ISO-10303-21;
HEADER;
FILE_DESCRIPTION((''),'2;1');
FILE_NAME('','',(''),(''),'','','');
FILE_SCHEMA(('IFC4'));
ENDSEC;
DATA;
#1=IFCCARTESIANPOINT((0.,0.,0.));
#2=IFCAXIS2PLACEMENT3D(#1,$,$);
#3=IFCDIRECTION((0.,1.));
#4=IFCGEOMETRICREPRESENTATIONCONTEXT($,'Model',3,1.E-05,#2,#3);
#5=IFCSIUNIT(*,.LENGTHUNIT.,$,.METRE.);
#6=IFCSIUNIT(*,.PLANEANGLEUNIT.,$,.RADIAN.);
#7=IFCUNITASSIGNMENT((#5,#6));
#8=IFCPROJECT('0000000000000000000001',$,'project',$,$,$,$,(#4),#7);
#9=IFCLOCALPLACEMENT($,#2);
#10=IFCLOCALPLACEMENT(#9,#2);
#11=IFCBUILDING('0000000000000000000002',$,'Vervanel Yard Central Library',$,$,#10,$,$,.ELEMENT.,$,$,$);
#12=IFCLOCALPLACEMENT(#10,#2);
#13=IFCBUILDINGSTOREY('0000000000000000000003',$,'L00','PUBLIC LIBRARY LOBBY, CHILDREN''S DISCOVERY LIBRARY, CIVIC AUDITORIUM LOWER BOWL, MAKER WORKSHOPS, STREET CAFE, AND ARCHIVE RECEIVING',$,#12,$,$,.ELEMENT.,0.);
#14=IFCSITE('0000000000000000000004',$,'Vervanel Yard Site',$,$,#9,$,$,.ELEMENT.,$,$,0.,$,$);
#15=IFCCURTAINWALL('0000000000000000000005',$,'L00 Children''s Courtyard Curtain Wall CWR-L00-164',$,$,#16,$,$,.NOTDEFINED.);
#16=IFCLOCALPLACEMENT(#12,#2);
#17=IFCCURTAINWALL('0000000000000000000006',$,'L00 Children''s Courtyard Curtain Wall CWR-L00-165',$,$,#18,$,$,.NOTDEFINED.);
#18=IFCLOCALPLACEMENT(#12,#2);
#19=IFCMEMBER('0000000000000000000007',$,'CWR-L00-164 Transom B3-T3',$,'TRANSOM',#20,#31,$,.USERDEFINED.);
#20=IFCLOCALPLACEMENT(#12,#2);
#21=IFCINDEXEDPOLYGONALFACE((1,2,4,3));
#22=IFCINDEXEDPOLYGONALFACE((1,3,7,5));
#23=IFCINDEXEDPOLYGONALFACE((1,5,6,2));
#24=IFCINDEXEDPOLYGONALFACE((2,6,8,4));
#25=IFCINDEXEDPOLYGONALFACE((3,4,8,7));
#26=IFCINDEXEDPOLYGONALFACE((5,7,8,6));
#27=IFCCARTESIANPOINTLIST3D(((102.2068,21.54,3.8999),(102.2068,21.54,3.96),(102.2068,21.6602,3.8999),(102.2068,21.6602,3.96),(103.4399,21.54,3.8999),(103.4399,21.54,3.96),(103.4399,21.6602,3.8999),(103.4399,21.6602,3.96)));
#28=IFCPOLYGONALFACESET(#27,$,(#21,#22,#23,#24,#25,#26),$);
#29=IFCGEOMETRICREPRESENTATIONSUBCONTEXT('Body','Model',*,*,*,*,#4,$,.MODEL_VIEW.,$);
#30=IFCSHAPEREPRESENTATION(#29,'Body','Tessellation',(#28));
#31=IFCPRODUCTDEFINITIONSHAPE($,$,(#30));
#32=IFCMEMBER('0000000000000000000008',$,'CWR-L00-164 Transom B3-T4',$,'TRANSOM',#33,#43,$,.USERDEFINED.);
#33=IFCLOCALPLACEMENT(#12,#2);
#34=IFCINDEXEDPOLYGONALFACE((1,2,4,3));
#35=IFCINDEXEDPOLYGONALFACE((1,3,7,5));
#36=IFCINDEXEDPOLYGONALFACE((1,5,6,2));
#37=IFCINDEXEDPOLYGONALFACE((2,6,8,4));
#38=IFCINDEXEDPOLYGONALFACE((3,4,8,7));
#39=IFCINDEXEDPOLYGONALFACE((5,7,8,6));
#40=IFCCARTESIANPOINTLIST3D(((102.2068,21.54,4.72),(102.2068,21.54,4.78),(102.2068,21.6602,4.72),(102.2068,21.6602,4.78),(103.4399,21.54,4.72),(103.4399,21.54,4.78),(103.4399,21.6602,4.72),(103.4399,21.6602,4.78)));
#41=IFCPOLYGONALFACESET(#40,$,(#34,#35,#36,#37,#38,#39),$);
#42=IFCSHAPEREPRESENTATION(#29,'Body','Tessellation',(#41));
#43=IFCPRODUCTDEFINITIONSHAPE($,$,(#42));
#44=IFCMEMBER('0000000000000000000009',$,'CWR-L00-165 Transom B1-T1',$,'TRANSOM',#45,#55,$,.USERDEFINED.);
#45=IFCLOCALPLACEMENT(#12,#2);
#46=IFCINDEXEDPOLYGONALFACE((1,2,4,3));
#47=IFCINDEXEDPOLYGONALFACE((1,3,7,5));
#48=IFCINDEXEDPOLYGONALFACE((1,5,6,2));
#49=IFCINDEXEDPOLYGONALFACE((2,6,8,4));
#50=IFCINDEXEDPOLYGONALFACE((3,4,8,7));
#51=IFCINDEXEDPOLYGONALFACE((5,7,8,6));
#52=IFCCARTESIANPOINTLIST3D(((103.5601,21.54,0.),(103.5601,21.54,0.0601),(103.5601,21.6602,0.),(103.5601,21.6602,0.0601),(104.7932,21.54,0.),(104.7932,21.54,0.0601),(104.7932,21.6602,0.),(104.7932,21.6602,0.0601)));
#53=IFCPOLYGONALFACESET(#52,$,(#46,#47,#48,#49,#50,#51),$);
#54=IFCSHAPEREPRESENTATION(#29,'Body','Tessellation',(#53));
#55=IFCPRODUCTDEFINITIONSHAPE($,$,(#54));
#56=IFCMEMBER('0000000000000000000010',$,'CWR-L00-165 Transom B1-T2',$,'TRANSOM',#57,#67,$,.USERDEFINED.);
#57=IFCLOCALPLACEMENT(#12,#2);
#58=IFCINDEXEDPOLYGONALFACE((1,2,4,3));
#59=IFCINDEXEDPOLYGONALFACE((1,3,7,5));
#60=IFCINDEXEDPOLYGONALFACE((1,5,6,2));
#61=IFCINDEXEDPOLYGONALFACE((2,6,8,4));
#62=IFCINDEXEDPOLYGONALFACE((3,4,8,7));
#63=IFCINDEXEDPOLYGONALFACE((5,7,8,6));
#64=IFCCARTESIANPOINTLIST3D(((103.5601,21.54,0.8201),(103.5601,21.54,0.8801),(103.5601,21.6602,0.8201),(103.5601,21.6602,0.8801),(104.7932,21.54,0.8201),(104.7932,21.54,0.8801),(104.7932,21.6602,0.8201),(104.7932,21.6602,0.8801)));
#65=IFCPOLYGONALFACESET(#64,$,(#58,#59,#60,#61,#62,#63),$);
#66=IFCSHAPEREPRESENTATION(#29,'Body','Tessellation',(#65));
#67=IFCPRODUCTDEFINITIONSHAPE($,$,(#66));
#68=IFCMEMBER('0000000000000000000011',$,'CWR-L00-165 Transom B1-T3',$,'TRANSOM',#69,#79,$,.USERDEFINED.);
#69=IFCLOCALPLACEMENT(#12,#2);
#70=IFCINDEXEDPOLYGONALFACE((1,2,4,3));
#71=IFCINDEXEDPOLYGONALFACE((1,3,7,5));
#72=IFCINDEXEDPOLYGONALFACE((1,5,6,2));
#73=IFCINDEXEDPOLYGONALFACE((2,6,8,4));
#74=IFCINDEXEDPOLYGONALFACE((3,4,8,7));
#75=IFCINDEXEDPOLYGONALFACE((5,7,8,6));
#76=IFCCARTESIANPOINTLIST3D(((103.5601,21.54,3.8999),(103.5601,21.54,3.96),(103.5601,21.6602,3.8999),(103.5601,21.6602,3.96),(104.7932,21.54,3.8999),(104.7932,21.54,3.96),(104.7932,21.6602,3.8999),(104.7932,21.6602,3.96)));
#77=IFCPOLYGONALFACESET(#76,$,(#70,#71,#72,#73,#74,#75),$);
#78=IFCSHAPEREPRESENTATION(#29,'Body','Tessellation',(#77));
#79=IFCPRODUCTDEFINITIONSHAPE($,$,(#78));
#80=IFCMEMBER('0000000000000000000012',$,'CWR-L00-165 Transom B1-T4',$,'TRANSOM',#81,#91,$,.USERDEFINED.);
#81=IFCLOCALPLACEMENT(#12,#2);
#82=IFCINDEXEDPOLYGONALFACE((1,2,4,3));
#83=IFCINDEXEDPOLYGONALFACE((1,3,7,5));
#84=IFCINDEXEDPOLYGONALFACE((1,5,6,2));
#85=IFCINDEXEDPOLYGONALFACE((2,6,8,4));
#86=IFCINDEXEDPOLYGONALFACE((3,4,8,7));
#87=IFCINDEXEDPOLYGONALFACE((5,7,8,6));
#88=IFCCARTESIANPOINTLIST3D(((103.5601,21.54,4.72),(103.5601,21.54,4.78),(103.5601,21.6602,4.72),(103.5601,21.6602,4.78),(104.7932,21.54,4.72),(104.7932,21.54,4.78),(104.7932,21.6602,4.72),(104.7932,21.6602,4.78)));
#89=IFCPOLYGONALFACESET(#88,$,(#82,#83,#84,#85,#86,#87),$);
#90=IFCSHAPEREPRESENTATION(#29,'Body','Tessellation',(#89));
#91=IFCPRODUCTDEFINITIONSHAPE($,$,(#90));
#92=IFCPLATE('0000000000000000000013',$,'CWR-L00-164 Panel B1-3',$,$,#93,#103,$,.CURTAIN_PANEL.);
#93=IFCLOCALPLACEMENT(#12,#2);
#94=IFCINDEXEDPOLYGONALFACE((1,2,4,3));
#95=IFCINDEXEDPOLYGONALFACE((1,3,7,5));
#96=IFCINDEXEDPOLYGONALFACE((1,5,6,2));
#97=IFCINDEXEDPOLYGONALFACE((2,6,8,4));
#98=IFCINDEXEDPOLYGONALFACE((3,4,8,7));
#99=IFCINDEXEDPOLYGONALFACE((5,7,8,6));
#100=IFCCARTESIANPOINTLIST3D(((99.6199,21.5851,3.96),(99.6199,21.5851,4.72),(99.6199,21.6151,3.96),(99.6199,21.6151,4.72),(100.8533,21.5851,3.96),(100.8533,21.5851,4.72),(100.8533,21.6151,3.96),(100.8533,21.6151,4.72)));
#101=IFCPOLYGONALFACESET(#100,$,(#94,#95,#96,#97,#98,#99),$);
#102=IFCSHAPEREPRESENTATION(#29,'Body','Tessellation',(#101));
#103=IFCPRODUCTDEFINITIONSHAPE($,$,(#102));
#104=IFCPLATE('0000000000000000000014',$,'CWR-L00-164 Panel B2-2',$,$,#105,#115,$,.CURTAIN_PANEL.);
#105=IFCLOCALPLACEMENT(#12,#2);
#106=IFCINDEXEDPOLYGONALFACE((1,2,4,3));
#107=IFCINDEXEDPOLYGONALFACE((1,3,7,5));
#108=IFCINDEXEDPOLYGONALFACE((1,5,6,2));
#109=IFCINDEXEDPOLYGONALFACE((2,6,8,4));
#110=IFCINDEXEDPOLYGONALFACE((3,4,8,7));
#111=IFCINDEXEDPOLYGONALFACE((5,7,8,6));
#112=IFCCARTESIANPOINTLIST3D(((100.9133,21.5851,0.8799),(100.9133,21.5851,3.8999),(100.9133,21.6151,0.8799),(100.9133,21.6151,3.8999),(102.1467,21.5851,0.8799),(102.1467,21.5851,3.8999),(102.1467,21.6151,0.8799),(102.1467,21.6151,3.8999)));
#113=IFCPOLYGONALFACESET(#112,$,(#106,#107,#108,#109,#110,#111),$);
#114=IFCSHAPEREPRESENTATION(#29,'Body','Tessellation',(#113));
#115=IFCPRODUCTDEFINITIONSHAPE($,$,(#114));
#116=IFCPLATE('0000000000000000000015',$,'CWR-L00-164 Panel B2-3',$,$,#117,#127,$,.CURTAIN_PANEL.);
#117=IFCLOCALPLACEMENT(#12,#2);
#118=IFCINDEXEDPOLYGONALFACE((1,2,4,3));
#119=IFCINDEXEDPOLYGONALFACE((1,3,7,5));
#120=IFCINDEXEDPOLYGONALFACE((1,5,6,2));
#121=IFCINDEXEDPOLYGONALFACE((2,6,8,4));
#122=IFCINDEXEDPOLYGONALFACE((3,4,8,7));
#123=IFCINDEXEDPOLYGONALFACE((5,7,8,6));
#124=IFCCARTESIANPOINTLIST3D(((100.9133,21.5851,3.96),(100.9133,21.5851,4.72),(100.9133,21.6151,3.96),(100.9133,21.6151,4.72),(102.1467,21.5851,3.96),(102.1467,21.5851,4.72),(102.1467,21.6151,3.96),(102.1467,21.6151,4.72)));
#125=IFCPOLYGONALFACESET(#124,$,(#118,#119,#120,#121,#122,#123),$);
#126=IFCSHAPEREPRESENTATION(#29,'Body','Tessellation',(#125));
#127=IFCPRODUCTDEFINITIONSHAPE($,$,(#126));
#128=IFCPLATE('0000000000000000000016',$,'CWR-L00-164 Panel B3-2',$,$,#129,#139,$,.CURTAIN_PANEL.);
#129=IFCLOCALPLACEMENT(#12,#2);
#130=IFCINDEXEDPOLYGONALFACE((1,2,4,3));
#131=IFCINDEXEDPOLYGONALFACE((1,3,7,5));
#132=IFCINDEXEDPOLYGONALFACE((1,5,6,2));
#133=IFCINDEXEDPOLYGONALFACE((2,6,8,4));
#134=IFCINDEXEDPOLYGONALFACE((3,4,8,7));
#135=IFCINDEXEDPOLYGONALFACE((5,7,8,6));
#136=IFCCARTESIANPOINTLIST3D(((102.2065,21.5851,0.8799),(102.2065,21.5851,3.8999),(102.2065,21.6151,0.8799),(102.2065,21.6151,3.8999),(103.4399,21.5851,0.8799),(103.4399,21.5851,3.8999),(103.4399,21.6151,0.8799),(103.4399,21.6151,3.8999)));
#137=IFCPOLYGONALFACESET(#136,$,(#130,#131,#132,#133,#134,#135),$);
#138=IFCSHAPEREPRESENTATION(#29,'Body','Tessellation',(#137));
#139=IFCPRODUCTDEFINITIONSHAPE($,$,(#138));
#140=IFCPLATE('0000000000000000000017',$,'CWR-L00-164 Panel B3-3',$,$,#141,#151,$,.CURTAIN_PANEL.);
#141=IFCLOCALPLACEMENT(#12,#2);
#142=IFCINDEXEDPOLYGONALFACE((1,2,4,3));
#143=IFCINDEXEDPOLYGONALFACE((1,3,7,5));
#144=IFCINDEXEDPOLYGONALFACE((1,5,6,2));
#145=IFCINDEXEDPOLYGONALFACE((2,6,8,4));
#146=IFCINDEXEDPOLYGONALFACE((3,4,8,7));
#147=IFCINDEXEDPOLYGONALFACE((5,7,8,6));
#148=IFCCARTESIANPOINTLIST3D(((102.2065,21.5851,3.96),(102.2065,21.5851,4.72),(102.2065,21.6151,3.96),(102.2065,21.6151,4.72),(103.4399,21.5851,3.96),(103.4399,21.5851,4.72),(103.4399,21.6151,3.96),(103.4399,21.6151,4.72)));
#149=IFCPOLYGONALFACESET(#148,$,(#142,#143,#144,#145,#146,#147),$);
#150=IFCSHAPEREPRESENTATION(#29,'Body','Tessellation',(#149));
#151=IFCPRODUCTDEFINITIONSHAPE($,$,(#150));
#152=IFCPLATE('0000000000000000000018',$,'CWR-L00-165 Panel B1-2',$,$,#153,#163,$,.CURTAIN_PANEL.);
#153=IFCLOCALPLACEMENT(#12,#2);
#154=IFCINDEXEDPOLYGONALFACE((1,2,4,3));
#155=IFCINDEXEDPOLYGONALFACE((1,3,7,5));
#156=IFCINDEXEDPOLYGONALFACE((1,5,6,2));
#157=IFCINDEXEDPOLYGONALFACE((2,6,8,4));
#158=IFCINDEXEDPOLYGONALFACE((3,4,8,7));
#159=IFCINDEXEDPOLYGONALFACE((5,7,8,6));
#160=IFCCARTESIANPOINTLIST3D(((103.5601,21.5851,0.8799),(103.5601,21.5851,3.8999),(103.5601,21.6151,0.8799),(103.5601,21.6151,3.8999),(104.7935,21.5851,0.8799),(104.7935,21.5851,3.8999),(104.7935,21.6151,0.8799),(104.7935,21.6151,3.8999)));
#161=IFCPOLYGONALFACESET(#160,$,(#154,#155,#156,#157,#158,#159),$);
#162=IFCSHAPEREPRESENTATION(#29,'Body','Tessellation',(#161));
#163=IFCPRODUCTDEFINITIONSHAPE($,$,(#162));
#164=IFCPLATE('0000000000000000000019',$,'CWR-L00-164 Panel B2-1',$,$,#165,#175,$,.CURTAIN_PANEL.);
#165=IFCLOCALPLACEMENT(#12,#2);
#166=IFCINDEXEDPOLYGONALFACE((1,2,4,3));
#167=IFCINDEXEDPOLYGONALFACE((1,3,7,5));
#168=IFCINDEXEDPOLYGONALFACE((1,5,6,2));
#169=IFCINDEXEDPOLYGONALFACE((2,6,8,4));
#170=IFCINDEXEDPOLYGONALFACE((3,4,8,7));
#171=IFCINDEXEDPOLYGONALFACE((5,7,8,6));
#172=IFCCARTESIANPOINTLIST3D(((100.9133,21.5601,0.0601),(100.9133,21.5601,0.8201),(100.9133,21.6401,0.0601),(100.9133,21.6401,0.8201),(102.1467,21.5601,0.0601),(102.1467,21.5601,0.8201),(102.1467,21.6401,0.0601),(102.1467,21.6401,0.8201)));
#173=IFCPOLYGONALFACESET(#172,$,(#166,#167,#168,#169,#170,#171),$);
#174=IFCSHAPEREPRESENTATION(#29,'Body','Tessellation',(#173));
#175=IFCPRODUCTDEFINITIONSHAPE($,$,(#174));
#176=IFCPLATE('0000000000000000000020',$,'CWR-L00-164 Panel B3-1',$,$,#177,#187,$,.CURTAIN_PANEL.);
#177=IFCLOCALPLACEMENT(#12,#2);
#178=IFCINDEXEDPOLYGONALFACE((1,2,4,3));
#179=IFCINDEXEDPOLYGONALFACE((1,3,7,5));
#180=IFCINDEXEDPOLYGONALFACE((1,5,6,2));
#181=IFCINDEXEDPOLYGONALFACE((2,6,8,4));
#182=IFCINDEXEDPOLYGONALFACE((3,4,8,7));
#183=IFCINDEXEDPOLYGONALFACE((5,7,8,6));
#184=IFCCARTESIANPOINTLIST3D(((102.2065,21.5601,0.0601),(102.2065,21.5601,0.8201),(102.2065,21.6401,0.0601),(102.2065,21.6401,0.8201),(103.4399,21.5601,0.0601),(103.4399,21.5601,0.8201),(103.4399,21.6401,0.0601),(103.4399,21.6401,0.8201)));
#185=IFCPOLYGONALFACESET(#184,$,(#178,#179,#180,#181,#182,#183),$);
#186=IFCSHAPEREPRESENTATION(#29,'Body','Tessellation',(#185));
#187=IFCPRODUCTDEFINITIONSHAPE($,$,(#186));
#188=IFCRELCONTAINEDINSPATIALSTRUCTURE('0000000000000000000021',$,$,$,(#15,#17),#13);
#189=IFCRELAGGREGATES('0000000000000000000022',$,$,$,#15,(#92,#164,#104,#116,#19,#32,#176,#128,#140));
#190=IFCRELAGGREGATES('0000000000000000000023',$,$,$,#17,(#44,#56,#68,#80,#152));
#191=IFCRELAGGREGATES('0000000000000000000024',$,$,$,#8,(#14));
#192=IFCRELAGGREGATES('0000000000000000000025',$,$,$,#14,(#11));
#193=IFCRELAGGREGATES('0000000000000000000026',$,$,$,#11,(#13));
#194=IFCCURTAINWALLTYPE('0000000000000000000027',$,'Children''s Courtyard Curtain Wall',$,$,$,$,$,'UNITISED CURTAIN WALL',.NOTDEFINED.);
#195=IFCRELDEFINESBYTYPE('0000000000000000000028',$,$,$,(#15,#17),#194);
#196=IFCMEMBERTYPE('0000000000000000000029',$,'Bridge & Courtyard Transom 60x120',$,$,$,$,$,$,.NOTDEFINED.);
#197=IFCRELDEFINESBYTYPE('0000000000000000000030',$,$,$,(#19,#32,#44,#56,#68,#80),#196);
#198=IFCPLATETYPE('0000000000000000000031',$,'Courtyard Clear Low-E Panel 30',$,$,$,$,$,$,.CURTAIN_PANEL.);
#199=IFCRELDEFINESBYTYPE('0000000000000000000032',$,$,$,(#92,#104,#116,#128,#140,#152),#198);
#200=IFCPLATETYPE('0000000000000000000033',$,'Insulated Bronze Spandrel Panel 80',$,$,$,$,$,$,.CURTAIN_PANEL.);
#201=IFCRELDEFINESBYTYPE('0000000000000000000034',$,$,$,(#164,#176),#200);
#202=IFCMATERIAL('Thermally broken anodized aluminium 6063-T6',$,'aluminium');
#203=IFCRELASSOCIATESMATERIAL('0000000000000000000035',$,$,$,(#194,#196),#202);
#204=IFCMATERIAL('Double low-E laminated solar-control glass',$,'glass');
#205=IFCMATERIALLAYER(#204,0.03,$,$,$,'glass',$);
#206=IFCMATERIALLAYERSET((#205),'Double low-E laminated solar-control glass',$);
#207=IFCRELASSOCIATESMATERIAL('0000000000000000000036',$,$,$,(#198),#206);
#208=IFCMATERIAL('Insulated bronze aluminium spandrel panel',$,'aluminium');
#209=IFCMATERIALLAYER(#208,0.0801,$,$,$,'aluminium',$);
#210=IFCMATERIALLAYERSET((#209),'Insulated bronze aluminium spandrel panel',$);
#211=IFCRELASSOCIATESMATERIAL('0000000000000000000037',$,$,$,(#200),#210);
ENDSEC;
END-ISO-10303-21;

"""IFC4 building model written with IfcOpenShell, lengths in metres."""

from ifc_helpers import new_model, si_unit, direction, frame, origin, origin_2d, place, context, subcontext, project, spatial, rectangle, extrude, material, layer, layer_set, material_profile, profile_set, type_object, element, aggregate, save


model = new_model("IFC4")

# Units and contexts
model_context = context("Model", 3, precision=1e-05, world=origin(), true_north=direction((0.0, 1.0)))
body_context = subcontext(model_context, "Body", "Model", "MODEL_VIEW")
ifc_project = project(units=[si_unit("LENGTHUNIT", "METRE"), si_unit("PLANEANGLEUNIT", "RADIAN")], contexts=[model_context])

# Site, building, storey
site_placement = place(None, origin())
site = spatial("IfcSite", under=ifc_project, at=site_placement, Name="Vervanel Yard Site", CompositionType="ELEMENT", RefElevation=0.0)
building_placement = place(site_placement, origin())
building = spatial("IfcBuilding", under=site, at=building_placement, Name="Vervanel Yard Central Library", CompositionType="ELEMENT")
storey_placement = place(building_placement, origin())
storey = spatial("IfcBuildingStorey", under=building, at=storey_placement, Name="L00", Description="PUBLIC LIBRARY LOBBY, CHILDREN'S DISCOVERY LIBRARY, CIVIC AUDITORIUM LOWER BOWL, MAKER WORKSHOPS, STREET CAFE, AND ARCHIVE RECEIVING", CompositionType="ELEMENT", Elevation=0.0)

# Curtain wall
ifc_material_1 = material(Name="Thermally broken anodized aluminium 6063-T6", Category="aluminium")
curtain_wall_type = type_object("IfcCurtainWallType", Name="Children's Courtyard Curtain Wall", ElementType="UNITISED CURTAIN WALL", PredefinedType="NOTDEFINED", material=ifc_material_1)
curtain_wall_1_placement = place(storey_placement, origin())
curtain_wall_1 = element("IfcCurtainWall", 1, at=curtain_wall_1_placement, inside=storey, type_object=curtain_wall_type, Name="L00 Children's Courtyard Curtain Wall CWR-L00-164", PredefinedType="NOTDEFINED")

# Curtain wall
curtain_wall_2_placement = place(storey_placement, origin())
curtain_wall_2 = element("IfcCurtainWall", 2, at=curtain_wall_2_placement, inside=storey, type_object=curtain_wall_type, Name="L00 Children's Courtyard Curtain Wall CWR-L00-165", PredefinedType="NOTDEFINED")

# Members
ifc_material_profile_1 = material_profile(ifc_material_1, rectangle(XDim=0.0601, YDim=0.1201, at=origin_2d()), Name="ALU 60x120", Category="aluminium")
ifc_profile_set_1 = profile_set([ifc_material_profile_1], Name="Thermally broken anodized aluminium 6063-T6")
member_type_1 = type_object("IfcMemberType", Name="Bridge & Courtyard Transom 60x120", PredefinedType="NOTDEFINED", material=ifc_profile_set_1)
member_1_placement = place(storey_placement, frame((102.2068, 21.6001, 3.9299), z_axis=(1.0, 0.0, 0.0), x_axis=(0.0, 0.0, 1.0)))
member_1 = element("IfcMember", 3, at=member_1_placement, type_object=member_type_1, Name="CWR-L00-164 Transom B3-T3", ObjectType="TRANSOM", PredefinedType="USERDEFINED", context=body_context, shape_type="SweptSolid", body=[
    extrude(rectangle(XDim=0.0601, YDim=0.1201, at=origin_2d()), origin(), (0.0, 0.0, 1.0), 1.2332),
])
member_2_placement = place(storey_placement, frame((102.2068, 21.6001, 4.75), z_axis=(1.0, 0.0, 0.0), x_axis=(0.0, 0.0, 1.0)))
member_2 = element("IfcMember", 4, at=member_2_placement, type_object=member_type_1, Name="CWR-L00-164 Transom B3-T4", ObjectType="TRANSOM", PredefinedType="USERDEFINED", context=body_context, shape_type="SweptSolid", body=[
    extrude(rectangle(XDim=0.0601, YDim=0.1201, at=origin_2d()), origin(), (0.0, 0.0, 1.0), 1.2332),
])
member_3_placement = place(storey_placement, frame((103.5601, 21.6001, 0.03), z_axis=(1.0, 0.0, 0.0), x_axis=(0.0, 0.0, 1.0)))
member_3 = element("IfcMember", 5, at=member_3_placement, type_object=member_type_1, Name="CWR-L00-165 Transom B1-T1", ObjectType="TRANSOM", PredefinedType="USERDEFINED", context=body_context, shape_type="SweptSolid", body=[
    extrude(rectangle(XDim=0.0601, YDim=0.1201, at=origin_2d()), origin(), (0.0, 0.0, 1.0), 1.2332),
])
member_4_placement = place(storey_placement, frame((103.5601, 21.6001, 0.8501), z_axis=(1.0, 0.0, 0.0), x_axis=(0.0, 0.0, 1.0)))
member_4 = element("IfcMember", 6, at=member_4_placement, type_object=member_type_1, Name="CWR-L00-165 Transom B1-T2", ObjectType="TRANSOM", PredefinedType="USERDEFINED", context=body_context, shape_type="SweptSolid", body=[
    extrude(rectangle(XDim=0.0601, YDim=0.1201, at=origin_2d()), origin(), (0.0, 0.0, 1.0), 1.2332),
])
member_5_placement = place(storey_placement, frame((103.5601, 21.6001, 3.9299), z_axis=(1.0, 0.0, 0.0), x_axis=(0.0, 0.0, 1.0)))
member_5 = element("IfcMember", 7, at=member_5_placement, type_object=member_type_1, Name="CWR-L00-165 Transom B1-T3", ObjectType="TRANSOM", PredefinedType="USERDEFINED", context=body_context, shape_type="SweptSolid", body=[
    extrude(rectangle(XDim=0.0601, YDim=0.1201, at=origin_2d()), origin(), (0.0, 0.0, 1.0), 1.2332),
])
member_6_placement = place(storey_placement, frame((103.5601, 21.6001, 4.75), z_axis=(1.0, 0.0, 0.0), x_axis=(0.0, 0.0, 1.0)))
member_6 = element("IfcMember", 8, at=member_6_placement, type_object=member_type_1, Name="CWR-L00-165 Transom B1-T4", ObjectType="TRANSOM", PredefinedType="USERDEFINED", context=body_context, shape_type="SweptSolid", body=[
    extrude(rectangle(XDim=0.0601, YDim=0.1201, at=origin_2d()), origin(), (0.0, 0.0, 1.0), 1.2332),
])

# Plates
ifc_material_2 = material(Name="Double low-E laminated solar-control glass", Category="glass")
ifc_layer_1 = layer(ifc_material_2, 0.03, Category="glass")
ifc_layer_set_1 = layer_set([ifc_layer_1], Name="Double low-E laminated solar-control glass")
plate_type_1 = type_object("IfcPlateType", Name="Courtyard Clear Low-E Panel 30", PredefinedType="CURTAIN_PANEL", material=ifc_layer_set_1)
plate_1_placement = place(storey_placement, frame((100.2366, 21.6001, 3.96), z_axis=(0.0, 0.0, 1.0), x_axis=(1.0, 0.0, 0.0)))
plate_1 = element("IfcPlate", 9, at=plate_1_placement, type_object=plate_type_1, Name="CWR-L00-164 Panel B1-3", PredefinedType="CURTAIN_PANEL", context=body_context, shape_type="SweptSolid", body=[
    extrude(rectangle(XDim=1.2334, YDim=0.03, at=origin_2d()), origin(), (0.0, 0.0, 1.0), 0.76),
])
plate_2_placement = place(storey_placement, frame((101.53, 21.6001, 0.8799), z_axis=(0.0, 0.0, 1.0), x_axis=(1.0, 0.0, 0.0)))
plate_2 = element("IfcPlate", 10, at=plate_2_placement, type_object=plate_type_1, Name="CWR-L00-164 Panel B2-2", PredefinedType="CURTAIN_PANEL", context=body_context, shape_type="SweptSolid", body=[
    extrude(rectangle(XDim=1.2334, YDim=0.03, at=origin_2d()), origin(), (0.0, 0.0, 1.0), 3.02),
])
plate_3_placement = place(storey_placement, frame((101.53, 21.6001, 3.96), z_axis=(0.0, 0.0, 1.0), x_axis=(1.0, 0.0, 0.0)))
plate_3 = element("IfcPlate", 11, at=plate_3_placement, type_object=plate_type_1, Name="CWR-L00-164 Panel B2-3", PredefinedType="CURTAIN_PANEL", context=body_context, shape_type="SweptSolid", body=[
    extrude(rectangle(XDim=1.2334, YDim=0.03, at=origin_2d()), origin(), (0.0, 0.0, 1.0), 0.76),
])
plate_4_placement = place(storey_placement, frame((102.8232, 21.6001, 0.8799), z_axis=(0.0, 0.0, 1.0), x_axis=(1.0, 0.0, 0.0)))
plate_4 = element("IfcPlate", 12, at=plate_4_placement, type_object=plate_type_1, Name="CWR-L00-164 Panel B3-2", PredefinedType="CURTAIN_PANEL", context=body_context, shape_type="SweptSolid", body=[
    extrude(rectangle(XDim=1.2334, YDim=0.03, at=origin_2d()), origin(), (0.0, 0.0, 1.0), 3.02),
])
plate_5_placement = place(storey_placement, frame((102.8232, 21.6001, 3.96), z_axis=(0.0, 0.0, 1.0), x_axis=(1.0, 0.0, 0.0)))
plate_5 = element("IfcPlate", 13, at=plate_5_placement, type_object=plate_type_1, Name="CWR-L00-164 Panel B3-3", PredefinedType="CURTAIN_PANEL", context=body_context, shape_type="SweptSolid", body=[
    extrude(rectangle(XDim=1.2334, YDim=0.03, at=origin_2d()), origin(), (0.0, 0.0, 1.0), 0.76),
])
plate_6_placement = place(storey_placement, frame((104.1768, 21.6001, 0.8799), z_axis=(0.0, 0.0, 1.0), x_axis=(1.0, 0.0, 0.0)))
plate_6 = element("IfcPlate", 14, at=plate_6_placement, type_object=plate_type_1, Name="CWR-L00-165 Panel B1-2", PredefinedType="CURTAIN_PANEL", context=body_context, shape_type="SweptSolid", body=[
    extrude(rectangle(XDim=1.2334, YDim=0.03, at=origin_2d()), origin(), (0.0, 0.0, 1.0), 3.02),
])
ifc_material_3 = material(Name="Insulated bronze aluminium spandrel panel", Category="aluminium")
ifc_layer_2 = layer(ifc_material_3, 0.0801, Category="aluminium")
ifc_layer_set_2 = layer_set([ifc_layer_2], Name="Insulated bronze aluminium spandrel panel")
plate_type_2 = type_object("IfcPlateType", Name="Insulated Bronze Spandrel Panel 80", PredefinedType="CURTAIN_PANEL", material=ifc_layer_set_2)
plate_7_placement = place(storey_placement, frame((101.53, 21.6001, 0.0601), z_axis=(0.0, 0.0, 1.0), x_axis=(1.0, 0.0, 0.0)))
plate_7 = element("IfcPlate", 15, at=plate_7_placement, type_object=plate_type_2, Name="CWR-L00-164 Panel B2-1", PredefinedType="CURTAIN_PANEL", context=body_context, shape_type="SweptSolid", body=[
    extrude(rectangle(XDim=1.2334, YDim=0.0801, at=origin_2d()), origin(), (0.0, 0.0, 1.0), 0.76),
])
plate_8_placement = place(storey_placement, frame((102.8232, 21.6001, 0.0601), z_axis=(0.0, 0.0, 1.0), x_axis=(1.0, 0.0, 0.0)))
plate_8 = element("IfcPlate", 16, at=plate_8_placement, type_object=plate_type_2, Name="CWR-L00-164 Panel B3-1", PredefinedType="CURTAIN_PANEL", context=body_context, shape_type="SweptSolid", body=[
    extrude(rectangle(XDim=1.2334, YDim=0.0801, at=origin_2d()), origin(), (0.0, 0.0, 1.0), 0.76),
])
aggregate(curtain_wall_1, [plate_1, plate_7, plate_2, plate_3, member_1, member_2, plate_8, plate_4, plate_5])
aggregate(curtain_wall_2, [member_3, member_4, member_5, member_6, plate_6])

save(model, "model.ifc")
